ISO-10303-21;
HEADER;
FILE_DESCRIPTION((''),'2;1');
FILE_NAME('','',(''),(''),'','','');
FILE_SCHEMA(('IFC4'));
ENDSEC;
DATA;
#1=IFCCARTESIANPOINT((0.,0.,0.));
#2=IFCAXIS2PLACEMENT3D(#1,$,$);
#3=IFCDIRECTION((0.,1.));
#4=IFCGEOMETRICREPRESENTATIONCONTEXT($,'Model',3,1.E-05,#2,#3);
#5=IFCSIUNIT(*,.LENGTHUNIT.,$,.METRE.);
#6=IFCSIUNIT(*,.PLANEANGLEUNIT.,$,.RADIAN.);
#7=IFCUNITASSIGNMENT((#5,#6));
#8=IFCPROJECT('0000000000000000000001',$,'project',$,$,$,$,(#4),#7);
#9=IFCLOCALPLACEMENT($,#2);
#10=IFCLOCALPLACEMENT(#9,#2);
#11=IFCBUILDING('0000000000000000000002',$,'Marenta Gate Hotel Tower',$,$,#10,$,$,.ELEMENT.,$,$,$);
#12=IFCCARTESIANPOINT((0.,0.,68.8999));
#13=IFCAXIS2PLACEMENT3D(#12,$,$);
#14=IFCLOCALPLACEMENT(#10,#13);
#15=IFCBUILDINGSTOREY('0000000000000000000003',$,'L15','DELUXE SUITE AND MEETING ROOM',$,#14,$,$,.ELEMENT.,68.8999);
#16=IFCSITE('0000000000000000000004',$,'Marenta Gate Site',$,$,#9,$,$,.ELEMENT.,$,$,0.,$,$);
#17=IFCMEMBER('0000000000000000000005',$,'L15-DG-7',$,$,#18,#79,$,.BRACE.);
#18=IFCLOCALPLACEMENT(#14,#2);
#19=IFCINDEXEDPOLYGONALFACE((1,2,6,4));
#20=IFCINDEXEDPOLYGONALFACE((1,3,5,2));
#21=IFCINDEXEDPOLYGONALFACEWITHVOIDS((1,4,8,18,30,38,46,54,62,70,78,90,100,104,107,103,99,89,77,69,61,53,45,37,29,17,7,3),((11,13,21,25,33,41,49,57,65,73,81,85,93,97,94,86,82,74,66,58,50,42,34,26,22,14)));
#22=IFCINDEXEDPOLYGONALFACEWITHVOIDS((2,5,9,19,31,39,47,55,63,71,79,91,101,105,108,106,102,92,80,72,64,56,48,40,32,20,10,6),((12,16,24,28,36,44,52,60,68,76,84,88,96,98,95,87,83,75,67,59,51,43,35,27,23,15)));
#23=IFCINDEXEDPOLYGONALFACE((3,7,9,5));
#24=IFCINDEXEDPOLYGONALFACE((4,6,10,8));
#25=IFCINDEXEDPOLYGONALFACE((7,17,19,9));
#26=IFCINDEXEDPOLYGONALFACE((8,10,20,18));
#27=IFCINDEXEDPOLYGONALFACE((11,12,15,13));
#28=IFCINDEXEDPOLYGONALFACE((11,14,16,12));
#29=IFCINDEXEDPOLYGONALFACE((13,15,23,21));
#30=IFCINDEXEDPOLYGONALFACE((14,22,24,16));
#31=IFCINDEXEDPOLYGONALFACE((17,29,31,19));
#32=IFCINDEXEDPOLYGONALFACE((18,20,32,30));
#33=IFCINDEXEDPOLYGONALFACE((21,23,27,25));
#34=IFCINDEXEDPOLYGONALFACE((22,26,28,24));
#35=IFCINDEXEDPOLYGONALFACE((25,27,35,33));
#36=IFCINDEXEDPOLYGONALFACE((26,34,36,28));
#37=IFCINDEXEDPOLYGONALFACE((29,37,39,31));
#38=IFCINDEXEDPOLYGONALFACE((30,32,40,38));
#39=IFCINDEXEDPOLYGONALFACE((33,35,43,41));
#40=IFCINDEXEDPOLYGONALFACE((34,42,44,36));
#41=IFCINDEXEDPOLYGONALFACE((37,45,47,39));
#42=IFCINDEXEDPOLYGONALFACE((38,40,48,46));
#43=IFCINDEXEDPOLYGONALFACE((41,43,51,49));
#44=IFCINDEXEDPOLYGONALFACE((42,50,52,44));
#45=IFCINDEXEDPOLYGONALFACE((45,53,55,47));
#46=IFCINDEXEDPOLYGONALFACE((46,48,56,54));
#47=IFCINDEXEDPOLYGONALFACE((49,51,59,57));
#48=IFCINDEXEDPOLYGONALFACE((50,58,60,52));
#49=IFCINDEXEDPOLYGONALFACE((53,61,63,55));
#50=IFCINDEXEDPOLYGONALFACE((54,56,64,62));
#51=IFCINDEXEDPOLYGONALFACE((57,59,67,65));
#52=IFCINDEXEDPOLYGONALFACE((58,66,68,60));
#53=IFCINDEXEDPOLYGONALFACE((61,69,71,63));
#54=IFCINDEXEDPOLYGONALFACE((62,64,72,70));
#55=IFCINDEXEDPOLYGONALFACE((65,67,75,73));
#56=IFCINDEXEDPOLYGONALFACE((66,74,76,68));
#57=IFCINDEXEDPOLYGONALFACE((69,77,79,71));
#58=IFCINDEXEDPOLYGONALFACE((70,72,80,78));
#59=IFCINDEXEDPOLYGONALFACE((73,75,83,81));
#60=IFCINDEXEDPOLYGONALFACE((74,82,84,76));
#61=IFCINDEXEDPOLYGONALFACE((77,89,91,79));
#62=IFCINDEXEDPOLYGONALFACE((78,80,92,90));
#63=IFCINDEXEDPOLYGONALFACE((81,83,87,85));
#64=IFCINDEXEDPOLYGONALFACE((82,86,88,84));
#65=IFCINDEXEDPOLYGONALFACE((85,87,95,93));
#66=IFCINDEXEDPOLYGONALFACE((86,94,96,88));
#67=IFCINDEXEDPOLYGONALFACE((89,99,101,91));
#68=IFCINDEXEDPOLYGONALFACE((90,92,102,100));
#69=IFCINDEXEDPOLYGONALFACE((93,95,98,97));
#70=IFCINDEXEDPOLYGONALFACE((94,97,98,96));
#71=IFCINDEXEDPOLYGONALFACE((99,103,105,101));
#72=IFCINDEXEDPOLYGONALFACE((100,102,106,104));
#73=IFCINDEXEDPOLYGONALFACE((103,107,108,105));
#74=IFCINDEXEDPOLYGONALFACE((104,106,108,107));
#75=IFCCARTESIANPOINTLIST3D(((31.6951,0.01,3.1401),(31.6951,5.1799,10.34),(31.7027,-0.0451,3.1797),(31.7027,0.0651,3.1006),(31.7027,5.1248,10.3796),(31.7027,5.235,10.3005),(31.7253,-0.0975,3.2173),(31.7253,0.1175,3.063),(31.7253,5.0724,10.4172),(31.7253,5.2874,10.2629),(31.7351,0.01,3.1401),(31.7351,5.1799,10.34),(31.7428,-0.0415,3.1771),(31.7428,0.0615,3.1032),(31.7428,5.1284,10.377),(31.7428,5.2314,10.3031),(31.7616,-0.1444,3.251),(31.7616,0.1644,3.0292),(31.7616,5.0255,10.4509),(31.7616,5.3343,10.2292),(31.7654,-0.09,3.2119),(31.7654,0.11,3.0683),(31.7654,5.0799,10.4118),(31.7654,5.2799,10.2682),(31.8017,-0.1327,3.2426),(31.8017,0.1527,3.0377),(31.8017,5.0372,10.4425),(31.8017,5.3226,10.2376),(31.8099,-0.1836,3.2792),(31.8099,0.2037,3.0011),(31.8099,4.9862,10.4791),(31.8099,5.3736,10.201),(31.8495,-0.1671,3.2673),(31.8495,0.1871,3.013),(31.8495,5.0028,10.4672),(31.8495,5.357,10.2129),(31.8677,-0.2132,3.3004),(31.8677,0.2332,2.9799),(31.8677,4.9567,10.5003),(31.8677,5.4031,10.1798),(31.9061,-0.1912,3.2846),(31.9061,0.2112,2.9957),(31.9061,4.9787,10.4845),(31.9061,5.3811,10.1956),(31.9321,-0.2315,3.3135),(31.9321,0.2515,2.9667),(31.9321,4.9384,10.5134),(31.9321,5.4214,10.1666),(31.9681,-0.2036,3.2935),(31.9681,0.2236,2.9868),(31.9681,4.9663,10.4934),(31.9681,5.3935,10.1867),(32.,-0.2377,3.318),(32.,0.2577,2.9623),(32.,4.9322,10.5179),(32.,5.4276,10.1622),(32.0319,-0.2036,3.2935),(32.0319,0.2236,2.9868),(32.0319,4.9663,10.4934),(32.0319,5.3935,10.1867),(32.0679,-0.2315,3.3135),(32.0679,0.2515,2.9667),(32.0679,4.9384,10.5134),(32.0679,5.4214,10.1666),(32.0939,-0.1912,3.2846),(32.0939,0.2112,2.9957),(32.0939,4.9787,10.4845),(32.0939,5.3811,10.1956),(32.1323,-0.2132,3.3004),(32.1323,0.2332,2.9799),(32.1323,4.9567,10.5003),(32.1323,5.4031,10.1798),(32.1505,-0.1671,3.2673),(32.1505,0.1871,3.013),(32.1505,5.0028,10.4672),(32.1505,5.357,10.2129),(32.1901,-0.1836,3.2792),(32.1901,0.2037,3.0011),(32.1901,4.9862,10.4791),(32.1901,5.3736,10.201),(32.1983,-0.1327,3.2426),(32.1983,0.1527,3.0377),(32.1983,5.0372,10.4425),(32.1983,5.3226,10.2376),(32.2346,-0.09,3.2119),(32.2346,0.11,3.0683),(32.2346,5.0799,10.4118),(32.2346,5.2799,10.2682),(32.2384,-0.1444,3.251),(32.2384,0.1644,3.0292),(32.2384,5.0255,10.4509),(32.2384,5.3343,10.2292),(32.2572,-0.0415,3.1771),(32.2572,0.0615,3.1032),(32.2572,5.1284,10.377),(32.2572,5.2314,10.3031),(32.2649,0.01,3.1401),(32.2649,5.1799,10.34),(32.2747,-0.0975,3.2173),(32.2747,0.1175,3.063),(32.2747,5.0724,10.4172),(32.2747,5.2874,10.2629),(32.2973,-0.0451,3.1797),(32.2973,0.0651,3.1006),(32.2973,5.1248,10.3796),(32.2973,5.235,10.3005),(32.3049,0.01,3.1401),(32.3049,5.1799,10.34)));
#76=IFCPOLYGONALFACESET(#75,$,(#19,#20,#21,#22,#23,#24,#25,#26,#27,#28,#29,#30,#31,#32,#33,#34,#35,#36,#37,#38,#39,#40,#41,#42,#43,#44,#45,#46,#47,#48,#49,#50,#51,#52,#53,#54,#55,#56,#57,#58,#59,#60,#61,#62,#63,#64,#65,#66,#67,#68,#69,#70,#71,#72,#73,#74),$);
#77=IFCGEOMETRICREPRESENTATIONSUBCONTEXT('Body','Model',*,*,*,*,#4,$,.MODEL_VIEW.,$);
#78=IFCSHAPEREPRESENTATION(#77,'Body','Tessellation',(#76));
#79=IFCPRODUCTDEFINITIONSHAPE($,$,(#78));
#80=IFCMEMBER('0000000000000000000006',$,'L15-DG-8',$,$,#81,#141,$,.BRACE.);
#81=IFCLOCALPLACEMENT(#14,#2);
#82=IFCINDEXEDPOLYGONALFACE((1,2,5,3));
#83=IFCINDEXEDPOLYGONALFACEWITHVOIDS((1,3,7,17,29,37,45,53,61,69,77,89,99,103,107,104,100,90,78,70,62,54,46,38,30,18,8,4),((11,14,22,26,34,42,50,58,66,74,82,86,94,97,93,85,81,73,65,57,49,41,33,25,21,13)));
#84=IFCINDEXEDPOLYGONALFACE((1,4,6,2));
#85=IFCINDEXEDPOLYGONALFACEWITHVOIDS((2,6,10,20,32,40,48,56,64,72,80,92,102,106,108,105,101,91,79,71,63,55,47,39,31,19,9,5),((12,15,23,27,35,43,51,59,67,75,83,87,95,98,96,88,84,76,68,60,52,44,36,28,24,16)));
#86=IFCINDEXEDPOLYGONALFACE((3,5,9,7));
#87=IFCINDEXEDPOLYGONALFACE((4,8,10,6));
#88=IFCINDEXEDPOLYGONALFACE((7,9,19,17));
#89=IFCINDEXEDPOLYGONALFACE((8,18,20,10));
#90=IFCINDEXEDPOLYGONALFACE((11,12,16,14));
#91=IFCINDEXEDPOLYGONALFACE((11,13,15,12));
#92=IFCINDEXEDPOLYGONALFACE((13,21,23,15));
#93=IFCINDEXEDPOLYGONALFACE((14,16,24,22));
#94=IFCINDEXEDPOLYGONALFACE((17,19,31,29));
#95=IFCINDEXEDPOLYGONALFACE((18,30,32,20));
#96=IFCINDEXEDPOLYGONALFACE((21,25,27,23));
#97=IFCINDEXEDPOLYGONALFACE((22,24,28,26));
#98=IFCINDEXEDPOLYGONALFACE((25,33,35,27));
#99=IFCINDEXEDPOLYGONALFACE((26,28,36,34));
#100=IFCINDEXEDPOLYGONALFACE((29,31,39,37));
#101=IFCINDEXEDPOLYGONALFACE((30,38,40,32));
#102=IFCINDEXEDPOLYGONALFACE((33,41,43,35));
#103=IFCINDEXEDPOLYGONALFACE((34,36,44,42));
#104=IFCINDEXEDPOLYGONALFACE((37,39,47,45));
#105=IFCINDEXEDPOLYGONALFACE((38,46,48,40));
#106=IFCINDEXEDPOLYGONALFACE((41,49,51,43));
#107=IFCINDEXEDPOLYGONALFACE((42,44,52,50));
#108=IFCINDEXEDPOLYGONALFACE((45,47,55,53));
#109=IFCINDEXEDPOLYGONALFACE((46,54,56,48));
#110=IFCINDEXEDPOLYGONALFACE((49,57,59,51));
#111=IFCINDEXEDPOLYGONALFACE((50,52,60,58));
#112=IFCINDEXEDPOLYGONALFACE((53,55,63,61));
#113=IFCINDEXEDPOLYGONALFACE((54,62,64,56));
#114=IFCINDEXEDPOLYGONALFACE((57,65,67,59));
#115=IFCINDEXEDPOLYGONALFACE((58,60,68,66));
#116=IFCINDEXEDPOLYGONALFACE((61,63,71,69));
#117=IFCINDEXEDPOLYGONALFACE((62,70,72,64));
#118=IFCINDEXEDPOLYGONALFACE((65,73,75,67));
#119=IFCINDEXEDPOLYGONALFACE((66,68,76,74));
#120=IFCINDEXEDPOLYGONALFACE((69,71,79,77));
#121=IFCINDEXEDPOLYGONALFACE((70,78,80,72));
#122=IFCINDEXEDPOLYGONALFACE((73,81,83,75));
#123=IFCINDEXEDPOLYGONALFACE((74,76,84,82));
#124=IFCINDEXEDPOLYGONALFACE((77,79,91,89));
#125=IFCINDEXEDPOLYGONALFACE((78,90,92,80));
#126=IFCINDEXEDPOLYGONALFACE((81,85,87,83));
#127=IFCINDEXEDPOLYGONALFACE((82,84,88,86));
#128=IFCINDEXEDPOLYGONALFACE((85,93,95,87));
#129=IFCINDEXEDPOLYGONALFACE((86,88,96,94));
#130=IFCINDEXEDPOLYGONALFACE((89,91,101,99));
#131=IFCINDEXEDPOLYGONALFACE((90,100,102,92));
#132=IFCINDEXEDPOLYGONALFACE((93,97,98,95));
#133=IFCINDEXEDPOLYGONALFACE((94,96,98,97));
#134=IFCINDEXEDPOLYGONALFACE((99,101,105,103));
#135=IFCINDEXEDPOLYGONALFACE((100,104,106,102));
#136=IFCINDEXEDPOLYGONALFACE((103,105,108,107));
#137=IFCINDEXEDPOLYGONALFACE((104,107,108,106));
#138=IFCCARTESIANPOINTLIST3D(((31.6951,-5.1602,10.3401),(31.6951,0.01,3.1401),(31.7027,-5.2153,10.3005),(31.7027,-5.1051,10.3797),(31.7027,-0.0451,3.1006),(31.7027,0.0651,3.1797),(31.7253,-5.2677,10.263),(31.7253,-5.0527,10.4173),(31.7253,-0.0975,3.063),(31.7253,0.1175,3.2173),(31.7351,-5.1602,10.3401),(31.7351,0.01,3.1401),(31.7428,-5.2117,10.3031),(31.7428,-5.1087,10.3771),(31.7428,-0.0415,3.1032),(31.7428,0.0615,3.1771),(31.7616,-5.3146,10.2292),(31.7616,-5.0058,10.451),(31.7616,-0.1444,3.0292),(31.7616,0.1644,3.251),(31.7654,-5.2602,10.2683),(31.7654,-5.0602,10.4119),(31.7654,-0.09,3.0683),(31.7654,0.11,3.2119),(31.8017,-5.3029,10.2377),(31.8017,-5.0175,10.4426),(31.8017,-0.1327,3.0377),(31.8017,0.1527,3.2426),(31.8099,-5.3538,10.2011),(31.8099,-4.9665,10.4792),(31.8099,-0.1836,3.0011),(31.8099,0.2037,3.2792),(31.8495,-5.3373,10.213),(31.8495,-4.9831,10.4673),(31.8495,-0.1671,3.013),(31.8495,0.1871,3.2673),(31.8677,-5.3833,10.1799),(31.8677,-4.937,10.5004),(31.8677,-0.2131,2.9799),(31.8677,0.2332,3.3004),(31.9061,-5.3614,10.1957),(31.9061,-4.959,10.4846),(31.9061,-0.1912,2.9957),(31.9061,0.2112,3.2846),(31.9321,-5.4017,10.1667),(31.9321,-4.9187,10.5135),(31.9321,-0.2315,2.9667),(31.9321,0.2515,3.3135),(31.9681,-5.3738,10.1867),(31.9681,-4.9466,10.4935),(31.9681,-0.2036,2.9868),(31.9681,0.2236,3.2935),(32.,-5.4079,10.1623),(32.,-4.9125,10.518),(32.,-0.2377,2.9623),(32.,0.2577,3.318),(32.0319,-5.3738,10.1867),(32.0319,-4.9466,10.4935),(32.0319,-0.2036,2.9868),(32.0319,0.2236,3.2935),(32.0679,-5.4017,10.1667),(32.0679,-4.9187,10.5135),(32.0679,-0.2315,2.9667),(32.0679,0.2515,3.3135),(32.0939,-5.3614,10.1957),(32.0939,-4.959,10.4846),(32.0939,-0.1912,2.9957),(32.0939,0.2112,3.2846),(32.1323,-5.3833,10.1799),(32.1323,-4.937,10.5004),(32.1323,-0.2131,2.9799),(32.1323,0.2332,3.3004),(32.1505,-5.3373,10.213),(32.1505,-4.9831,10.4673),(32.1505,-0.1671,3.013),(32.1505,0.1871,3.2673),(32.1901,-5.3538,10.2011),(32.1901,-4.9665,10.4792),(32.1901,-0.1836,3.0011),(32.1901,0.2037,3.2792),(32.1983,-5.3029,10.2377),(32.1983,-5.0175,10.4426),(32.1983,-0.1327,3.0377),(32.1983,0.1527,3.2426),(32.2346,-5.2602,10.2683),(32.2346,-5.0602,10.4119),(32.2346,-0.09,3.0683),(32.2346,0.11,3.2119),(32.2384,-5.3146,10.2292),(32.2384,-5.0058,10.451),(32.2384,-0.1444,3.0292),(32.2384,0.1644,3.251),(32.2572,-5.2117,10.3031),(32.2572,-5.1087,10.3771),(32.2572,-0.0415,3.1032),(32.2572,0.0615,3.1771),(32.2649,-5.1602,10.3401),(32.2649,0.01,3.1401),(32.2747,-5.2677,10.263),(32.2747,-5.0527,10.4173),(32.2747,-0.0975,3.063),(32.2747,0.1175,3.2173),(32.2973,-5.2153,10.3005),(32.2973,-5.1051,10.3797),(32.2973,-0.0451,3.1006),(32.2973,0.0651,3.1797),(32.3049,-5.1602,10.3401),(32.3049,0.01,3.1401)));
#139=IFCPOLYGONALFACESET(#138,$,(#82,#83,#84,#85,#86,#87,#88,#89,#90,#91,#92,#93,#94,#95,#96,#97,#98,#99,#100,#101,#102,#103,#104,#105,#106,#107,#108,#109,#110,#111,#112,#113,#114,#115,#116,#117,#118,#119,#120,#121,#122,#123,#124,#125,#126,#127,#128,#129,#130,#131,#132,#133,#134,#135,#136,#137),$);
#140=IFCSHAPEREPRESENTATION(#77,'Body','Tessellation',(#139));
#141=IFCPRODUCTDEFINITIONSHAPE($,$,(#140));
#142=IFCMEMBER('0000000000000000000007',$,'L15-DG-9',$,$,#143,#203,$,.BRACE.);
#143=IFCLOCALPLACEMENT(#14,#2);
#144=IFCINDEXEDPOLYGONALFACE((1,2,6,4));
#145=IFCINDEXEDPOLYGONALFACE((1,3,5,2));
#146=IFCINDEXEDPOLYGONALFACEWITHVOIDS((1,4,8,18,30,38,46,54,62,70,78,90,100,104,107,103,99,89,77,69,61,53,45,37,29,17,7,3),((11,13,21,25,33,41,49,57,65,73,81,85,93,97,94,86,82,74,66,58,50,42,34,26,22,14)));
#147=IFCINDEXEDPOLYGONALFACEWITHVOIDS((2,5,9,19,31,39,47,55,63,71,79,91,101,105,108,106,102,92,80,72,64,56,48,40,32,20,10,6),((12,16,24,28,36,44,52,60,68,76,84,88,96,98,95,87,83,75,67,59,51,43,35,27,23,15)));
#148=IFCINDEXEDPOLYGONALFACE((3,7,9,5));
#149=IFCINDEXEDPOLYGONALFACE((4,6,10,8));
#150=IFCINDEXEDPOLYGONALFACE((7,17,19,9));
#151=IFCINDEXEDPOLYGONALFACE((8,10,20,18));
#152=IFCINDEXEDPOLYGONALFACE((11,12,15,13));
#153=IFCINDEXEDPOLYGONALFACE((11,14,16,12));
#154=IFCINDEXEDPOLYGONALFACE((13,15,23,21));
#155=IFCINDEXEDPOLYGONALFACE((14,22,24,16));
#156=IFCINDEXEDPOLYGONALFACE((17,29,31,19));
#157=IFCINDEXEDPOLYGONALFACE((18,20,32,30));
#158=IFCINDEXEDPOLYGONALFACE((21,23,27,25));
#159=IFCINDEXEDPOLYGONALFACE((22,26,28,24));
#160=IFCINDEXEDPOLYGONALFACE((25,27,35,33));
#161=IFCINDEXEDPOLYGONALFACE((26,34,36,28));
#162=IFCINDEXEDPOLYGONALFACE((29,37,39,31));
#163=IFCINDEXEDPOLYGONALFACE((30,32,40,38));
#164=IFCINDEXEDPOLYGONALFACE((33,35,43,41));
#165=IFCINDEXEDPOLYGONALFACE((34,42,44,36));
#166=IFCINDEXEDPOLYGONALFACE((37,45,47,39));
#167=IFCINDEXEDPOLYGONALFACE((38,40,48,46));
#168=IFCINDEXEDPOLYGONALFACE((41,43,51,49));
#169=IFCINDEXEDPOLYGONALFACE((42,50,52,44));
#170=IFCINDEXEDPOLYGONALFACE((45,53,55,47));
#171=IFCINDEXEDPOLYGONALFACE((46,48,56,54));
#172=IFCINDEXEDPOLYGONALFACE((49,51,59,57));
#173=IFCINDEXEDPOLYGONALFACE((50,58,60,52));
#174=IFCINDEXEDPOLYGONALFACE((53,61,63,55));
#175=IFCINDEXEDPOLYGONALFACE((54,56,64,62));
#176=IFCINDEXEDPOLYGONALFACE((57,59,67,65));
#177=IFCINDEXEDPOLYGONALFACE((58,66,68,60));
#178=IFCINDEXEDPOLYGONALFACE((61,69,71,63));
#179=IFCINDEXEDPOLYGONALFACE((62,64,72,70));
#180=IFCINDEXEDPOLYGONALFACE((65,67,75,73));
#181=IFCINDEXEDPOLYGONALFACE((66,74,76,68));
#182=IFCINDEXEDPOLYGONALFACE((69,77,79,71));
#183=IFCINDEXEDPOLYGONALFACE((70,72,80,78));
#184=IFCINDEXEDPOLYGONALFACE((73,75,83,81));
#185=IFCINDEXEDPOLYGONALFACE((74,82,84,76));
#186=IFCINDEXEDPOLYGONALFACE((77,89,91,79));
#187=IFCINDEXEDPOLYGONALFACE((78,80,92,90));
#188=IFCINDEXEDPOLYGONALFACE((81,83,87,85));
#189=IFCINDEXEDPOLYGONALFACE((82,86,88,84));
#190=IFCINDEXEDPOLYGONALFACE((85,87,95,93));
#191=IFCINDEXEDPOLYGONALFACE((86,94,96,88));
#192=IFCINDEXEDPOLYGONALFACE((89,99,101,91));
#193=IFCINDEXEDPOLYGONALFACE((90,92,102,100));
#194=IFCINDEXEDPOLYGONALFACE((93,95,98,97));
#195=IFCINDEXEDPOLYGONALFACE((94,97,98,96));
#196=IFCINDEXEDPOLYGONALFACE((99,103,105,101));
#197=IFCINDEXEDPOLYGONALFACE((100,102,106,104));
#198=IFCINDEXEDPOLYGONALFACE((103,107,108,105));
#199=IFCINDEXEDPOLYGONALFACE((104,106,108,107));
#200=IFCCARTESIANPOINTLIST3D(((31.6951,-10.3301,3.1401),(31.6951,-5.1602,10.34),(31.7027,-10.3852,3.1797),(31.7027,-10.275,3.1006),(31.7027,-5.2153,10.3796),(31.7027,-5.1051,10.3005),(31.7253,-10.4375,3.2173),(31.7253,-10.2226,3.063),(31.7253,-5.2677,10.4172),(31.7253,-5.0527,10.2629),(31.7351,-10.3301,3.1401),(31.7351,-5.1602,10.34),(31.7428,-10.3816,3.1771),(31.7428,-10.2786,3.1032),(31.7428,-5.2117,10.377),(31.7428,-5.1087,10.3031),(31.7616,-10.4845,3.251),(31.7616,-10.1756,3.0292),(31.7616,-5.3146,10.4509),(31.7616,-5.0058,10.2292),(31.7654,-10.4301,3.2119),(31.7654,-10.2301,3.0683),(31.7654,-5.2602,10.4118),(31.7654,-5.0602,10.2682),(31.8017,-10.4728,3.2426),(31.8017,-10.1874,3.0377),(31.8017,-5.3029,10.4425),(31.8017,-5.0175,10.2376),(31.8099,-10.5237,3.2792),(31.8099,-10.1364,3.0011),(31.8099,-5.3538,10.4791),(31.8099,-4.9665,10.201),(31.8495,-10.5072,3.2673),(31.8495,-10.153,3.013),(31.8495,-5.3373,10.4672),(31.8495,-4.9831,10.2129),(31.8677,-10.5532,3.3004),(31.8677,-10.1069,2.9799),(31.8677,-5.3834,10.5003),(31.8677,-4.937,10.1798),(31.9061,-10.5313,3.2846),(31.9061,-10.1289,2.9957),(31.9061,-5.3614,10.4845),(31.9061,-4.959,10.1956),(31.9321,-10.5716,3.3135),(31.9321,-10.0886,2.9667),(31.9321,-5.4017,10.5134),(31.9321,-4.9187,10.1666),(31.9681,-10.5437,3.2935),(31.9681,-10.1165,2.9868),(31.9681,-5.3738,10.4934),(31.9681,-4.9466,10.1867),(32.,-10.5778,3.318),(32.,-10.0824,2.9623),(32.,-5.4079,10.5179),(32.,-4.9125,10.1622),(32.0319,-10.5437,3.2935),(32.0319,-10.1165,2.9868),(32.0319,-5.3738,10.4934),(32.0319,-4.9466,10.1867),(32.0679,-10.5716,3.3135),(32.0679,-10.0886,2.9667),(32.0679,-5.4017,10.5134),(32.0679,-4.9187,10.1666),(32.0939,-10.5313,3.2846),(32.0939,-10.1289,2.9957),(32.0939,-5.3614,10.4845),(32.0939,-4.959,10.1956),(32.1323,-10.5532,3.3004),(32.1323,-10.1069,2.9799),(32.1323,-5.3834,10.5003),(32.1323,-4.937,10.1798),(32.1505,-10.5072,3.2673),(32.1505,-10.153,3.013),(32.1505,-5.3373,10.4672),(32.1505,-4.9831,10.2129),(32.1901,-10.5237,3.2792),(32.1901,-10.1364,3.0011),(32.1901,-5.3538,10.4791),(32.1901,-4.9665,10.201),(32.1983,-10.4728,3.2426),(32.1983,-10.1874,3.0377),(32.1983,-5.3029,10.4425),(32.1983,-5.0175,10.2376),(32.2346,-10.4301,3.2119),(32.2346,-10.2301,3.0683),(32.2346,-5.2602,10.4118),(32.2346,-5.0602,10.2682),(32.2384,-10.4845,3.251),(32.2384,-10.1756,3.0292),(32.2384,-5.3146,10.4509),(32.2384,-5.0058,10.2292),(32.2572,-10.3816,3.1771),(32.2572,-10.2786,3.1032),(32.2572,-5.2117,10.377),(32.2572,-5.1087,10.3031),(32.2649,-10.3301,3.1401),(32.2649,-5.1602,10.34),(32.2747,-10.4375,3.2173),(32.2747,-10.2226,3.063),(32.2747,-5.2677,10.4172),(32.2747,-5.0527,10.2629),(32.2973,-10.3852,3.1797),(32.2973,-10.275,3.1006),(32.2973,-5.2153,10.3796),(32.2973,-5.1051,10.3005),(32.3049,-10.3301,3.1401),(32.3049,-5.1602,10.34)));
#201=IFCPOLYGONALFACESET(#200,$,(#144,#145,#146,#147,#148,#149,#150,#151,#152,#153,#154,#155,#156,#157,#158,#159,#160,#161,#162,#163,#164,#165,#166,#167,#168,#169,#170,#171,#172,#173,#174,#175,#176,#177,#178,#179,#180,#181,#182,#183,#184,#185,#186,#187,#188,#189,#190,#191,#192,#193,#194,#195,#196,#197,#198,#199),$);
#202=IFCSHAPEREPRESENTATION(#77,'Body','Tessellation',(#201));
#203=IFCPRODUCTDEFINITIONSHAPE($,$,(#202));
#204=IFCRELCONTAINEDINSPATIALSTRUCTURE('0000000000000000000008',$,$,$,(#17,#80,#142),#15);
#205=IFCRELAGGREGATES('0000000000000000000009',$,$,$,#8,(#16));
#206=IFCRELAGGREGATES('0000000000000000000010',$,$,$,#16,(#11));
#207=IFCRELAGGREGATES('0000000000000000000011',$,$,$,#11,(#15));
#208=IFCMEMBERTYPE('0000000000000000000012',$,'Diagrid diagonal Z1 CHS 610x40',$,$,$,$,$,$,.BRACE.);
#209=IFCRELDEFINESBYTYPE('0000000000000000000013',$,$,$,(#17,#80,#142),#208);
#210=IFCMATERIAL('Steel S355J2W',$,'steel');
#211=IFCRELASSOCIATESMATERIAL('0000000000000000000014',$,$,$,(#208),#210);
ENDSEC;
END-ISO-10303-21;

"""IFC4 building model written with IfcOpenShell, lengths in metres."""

from ifc_helpers import new_model, si_unit, direction, frame, origin, origin_2d, place, context, subcontext, project, spatial, hollow_circle, extrude, material, material_profile, profile_set, type_object, element, save


model = new_model("IFC4")

# Units and contexts
model_context = context("Model", 3, precision=1e-05, world=origin(), true_north=direction((0.0, 1.0)))
body_context = subcontext(model_context, "Body", "Model", "MODEL_VIEW")
ifc_project = project(units=[si_unit("LENGTHUNIT", "METRE"), si_unit("PLANEANGLEUNIT", "RADIAN")], contexts=[model_context])

# Site, building, storey
site_placement = place(None, origin())
site = spatial("IfcSite", under=ifc_project, at=site_placement, Name="Marenta Gate Site", CompositionType="ELEMENT", RefElevation=0.0)
building_placement = place(site_placement, origin())
building = spatial("IfcBuilding", under=site, at=building_placement, Name="Marenta Gate Hotel Tower", CompositionType="ELEMENT")
storey_placement = place(building_placement, frame((0.0, 0.0, 68.8999)))
storey = spatial("IfcBuildingStorey", under=building, at=storey_placement, Name="L15", Description="DELUXE SUITE AND MEETING ROOM", CompositionType="ELEMENT", Elevation=68.8999)

# Members
ifc_material_1 = material(Name="Steel S355J2W", Category="steel")
ifc_material_profile_1 = material_profile(ifc_material_1, hollow_circle(Radius=0.3049, WallThickness=0.04, at=origin_2d()), Name="CHS 610x40")
ifc_profile_set_1 = profile_set([ifc_material_profile_1], Name="Steel S355J2W")
member_type_1 = type_object("IfcMemberType", Name="Diagrid diagonal Z1 CHS 610x40", PredefinedType="BRACE", material=ifc_profile_set_1)
member_1_placement = place(storey_placement, frame((32.0, 0.01, 3.1401), z_axis=(0.0, 0.583261, 0.812285), x_axis=(-1.0, 0.0, 0.0)))
element("IfcMember", 1, at=member_1_placement, inside=storey, type_object=member_type_1, Name="L15-DG-7", PredefinedType="BRACE", context=body_context, shape_type="SweptSolid", body=[
    extrude(hollow_circle(Radius=0.3049, WallThickness=0.04, at=origin_2d()), origin(), (0.0, 0.0, 1.0), 8.8638),
])
member_2_placement = place(storey_placement, frame((32.0, 0.01, 3.1401), z_axis=(0.0, -0.583279, 0.812272), x_axis=(1.0, 0.0, 0.0)))
element("IfcMember", 2, at=member_2_placement, inside=storey, type_object=member_type_1, Name="L15-DG-8", PredefinedType="BRACE", context=body_context, shape_type="SweptSolid", body=[
    extrude(hollow_circle(Radius=0.3049, WallThickness=0.04, at=origin_2d()), origin(), (0.0, 0.0, 1.0), 8.864),
])
member_3_placement = place(storey_placement, frame((32.0, -10.3301, 3.1401), z_axis=(0.0, 0.583261, 0.812285), x_axis=(-1.0, 0.0, 0.0)))
element("IfcMember", 3, at=member_3_placement, inside=storey, type_object=member_type_1, Name="L15-DG-9", PredefinedType="BRACE", context=body_context, shape_type="SweptSolid", body=[
    extrude(hollow_circle(Radius=0.3049, WallThickness=0.04, at=origin_2d()), origin(), (0.0, 0.0, 1.0), 8.8638),
])

save(model, "model.ifc")
